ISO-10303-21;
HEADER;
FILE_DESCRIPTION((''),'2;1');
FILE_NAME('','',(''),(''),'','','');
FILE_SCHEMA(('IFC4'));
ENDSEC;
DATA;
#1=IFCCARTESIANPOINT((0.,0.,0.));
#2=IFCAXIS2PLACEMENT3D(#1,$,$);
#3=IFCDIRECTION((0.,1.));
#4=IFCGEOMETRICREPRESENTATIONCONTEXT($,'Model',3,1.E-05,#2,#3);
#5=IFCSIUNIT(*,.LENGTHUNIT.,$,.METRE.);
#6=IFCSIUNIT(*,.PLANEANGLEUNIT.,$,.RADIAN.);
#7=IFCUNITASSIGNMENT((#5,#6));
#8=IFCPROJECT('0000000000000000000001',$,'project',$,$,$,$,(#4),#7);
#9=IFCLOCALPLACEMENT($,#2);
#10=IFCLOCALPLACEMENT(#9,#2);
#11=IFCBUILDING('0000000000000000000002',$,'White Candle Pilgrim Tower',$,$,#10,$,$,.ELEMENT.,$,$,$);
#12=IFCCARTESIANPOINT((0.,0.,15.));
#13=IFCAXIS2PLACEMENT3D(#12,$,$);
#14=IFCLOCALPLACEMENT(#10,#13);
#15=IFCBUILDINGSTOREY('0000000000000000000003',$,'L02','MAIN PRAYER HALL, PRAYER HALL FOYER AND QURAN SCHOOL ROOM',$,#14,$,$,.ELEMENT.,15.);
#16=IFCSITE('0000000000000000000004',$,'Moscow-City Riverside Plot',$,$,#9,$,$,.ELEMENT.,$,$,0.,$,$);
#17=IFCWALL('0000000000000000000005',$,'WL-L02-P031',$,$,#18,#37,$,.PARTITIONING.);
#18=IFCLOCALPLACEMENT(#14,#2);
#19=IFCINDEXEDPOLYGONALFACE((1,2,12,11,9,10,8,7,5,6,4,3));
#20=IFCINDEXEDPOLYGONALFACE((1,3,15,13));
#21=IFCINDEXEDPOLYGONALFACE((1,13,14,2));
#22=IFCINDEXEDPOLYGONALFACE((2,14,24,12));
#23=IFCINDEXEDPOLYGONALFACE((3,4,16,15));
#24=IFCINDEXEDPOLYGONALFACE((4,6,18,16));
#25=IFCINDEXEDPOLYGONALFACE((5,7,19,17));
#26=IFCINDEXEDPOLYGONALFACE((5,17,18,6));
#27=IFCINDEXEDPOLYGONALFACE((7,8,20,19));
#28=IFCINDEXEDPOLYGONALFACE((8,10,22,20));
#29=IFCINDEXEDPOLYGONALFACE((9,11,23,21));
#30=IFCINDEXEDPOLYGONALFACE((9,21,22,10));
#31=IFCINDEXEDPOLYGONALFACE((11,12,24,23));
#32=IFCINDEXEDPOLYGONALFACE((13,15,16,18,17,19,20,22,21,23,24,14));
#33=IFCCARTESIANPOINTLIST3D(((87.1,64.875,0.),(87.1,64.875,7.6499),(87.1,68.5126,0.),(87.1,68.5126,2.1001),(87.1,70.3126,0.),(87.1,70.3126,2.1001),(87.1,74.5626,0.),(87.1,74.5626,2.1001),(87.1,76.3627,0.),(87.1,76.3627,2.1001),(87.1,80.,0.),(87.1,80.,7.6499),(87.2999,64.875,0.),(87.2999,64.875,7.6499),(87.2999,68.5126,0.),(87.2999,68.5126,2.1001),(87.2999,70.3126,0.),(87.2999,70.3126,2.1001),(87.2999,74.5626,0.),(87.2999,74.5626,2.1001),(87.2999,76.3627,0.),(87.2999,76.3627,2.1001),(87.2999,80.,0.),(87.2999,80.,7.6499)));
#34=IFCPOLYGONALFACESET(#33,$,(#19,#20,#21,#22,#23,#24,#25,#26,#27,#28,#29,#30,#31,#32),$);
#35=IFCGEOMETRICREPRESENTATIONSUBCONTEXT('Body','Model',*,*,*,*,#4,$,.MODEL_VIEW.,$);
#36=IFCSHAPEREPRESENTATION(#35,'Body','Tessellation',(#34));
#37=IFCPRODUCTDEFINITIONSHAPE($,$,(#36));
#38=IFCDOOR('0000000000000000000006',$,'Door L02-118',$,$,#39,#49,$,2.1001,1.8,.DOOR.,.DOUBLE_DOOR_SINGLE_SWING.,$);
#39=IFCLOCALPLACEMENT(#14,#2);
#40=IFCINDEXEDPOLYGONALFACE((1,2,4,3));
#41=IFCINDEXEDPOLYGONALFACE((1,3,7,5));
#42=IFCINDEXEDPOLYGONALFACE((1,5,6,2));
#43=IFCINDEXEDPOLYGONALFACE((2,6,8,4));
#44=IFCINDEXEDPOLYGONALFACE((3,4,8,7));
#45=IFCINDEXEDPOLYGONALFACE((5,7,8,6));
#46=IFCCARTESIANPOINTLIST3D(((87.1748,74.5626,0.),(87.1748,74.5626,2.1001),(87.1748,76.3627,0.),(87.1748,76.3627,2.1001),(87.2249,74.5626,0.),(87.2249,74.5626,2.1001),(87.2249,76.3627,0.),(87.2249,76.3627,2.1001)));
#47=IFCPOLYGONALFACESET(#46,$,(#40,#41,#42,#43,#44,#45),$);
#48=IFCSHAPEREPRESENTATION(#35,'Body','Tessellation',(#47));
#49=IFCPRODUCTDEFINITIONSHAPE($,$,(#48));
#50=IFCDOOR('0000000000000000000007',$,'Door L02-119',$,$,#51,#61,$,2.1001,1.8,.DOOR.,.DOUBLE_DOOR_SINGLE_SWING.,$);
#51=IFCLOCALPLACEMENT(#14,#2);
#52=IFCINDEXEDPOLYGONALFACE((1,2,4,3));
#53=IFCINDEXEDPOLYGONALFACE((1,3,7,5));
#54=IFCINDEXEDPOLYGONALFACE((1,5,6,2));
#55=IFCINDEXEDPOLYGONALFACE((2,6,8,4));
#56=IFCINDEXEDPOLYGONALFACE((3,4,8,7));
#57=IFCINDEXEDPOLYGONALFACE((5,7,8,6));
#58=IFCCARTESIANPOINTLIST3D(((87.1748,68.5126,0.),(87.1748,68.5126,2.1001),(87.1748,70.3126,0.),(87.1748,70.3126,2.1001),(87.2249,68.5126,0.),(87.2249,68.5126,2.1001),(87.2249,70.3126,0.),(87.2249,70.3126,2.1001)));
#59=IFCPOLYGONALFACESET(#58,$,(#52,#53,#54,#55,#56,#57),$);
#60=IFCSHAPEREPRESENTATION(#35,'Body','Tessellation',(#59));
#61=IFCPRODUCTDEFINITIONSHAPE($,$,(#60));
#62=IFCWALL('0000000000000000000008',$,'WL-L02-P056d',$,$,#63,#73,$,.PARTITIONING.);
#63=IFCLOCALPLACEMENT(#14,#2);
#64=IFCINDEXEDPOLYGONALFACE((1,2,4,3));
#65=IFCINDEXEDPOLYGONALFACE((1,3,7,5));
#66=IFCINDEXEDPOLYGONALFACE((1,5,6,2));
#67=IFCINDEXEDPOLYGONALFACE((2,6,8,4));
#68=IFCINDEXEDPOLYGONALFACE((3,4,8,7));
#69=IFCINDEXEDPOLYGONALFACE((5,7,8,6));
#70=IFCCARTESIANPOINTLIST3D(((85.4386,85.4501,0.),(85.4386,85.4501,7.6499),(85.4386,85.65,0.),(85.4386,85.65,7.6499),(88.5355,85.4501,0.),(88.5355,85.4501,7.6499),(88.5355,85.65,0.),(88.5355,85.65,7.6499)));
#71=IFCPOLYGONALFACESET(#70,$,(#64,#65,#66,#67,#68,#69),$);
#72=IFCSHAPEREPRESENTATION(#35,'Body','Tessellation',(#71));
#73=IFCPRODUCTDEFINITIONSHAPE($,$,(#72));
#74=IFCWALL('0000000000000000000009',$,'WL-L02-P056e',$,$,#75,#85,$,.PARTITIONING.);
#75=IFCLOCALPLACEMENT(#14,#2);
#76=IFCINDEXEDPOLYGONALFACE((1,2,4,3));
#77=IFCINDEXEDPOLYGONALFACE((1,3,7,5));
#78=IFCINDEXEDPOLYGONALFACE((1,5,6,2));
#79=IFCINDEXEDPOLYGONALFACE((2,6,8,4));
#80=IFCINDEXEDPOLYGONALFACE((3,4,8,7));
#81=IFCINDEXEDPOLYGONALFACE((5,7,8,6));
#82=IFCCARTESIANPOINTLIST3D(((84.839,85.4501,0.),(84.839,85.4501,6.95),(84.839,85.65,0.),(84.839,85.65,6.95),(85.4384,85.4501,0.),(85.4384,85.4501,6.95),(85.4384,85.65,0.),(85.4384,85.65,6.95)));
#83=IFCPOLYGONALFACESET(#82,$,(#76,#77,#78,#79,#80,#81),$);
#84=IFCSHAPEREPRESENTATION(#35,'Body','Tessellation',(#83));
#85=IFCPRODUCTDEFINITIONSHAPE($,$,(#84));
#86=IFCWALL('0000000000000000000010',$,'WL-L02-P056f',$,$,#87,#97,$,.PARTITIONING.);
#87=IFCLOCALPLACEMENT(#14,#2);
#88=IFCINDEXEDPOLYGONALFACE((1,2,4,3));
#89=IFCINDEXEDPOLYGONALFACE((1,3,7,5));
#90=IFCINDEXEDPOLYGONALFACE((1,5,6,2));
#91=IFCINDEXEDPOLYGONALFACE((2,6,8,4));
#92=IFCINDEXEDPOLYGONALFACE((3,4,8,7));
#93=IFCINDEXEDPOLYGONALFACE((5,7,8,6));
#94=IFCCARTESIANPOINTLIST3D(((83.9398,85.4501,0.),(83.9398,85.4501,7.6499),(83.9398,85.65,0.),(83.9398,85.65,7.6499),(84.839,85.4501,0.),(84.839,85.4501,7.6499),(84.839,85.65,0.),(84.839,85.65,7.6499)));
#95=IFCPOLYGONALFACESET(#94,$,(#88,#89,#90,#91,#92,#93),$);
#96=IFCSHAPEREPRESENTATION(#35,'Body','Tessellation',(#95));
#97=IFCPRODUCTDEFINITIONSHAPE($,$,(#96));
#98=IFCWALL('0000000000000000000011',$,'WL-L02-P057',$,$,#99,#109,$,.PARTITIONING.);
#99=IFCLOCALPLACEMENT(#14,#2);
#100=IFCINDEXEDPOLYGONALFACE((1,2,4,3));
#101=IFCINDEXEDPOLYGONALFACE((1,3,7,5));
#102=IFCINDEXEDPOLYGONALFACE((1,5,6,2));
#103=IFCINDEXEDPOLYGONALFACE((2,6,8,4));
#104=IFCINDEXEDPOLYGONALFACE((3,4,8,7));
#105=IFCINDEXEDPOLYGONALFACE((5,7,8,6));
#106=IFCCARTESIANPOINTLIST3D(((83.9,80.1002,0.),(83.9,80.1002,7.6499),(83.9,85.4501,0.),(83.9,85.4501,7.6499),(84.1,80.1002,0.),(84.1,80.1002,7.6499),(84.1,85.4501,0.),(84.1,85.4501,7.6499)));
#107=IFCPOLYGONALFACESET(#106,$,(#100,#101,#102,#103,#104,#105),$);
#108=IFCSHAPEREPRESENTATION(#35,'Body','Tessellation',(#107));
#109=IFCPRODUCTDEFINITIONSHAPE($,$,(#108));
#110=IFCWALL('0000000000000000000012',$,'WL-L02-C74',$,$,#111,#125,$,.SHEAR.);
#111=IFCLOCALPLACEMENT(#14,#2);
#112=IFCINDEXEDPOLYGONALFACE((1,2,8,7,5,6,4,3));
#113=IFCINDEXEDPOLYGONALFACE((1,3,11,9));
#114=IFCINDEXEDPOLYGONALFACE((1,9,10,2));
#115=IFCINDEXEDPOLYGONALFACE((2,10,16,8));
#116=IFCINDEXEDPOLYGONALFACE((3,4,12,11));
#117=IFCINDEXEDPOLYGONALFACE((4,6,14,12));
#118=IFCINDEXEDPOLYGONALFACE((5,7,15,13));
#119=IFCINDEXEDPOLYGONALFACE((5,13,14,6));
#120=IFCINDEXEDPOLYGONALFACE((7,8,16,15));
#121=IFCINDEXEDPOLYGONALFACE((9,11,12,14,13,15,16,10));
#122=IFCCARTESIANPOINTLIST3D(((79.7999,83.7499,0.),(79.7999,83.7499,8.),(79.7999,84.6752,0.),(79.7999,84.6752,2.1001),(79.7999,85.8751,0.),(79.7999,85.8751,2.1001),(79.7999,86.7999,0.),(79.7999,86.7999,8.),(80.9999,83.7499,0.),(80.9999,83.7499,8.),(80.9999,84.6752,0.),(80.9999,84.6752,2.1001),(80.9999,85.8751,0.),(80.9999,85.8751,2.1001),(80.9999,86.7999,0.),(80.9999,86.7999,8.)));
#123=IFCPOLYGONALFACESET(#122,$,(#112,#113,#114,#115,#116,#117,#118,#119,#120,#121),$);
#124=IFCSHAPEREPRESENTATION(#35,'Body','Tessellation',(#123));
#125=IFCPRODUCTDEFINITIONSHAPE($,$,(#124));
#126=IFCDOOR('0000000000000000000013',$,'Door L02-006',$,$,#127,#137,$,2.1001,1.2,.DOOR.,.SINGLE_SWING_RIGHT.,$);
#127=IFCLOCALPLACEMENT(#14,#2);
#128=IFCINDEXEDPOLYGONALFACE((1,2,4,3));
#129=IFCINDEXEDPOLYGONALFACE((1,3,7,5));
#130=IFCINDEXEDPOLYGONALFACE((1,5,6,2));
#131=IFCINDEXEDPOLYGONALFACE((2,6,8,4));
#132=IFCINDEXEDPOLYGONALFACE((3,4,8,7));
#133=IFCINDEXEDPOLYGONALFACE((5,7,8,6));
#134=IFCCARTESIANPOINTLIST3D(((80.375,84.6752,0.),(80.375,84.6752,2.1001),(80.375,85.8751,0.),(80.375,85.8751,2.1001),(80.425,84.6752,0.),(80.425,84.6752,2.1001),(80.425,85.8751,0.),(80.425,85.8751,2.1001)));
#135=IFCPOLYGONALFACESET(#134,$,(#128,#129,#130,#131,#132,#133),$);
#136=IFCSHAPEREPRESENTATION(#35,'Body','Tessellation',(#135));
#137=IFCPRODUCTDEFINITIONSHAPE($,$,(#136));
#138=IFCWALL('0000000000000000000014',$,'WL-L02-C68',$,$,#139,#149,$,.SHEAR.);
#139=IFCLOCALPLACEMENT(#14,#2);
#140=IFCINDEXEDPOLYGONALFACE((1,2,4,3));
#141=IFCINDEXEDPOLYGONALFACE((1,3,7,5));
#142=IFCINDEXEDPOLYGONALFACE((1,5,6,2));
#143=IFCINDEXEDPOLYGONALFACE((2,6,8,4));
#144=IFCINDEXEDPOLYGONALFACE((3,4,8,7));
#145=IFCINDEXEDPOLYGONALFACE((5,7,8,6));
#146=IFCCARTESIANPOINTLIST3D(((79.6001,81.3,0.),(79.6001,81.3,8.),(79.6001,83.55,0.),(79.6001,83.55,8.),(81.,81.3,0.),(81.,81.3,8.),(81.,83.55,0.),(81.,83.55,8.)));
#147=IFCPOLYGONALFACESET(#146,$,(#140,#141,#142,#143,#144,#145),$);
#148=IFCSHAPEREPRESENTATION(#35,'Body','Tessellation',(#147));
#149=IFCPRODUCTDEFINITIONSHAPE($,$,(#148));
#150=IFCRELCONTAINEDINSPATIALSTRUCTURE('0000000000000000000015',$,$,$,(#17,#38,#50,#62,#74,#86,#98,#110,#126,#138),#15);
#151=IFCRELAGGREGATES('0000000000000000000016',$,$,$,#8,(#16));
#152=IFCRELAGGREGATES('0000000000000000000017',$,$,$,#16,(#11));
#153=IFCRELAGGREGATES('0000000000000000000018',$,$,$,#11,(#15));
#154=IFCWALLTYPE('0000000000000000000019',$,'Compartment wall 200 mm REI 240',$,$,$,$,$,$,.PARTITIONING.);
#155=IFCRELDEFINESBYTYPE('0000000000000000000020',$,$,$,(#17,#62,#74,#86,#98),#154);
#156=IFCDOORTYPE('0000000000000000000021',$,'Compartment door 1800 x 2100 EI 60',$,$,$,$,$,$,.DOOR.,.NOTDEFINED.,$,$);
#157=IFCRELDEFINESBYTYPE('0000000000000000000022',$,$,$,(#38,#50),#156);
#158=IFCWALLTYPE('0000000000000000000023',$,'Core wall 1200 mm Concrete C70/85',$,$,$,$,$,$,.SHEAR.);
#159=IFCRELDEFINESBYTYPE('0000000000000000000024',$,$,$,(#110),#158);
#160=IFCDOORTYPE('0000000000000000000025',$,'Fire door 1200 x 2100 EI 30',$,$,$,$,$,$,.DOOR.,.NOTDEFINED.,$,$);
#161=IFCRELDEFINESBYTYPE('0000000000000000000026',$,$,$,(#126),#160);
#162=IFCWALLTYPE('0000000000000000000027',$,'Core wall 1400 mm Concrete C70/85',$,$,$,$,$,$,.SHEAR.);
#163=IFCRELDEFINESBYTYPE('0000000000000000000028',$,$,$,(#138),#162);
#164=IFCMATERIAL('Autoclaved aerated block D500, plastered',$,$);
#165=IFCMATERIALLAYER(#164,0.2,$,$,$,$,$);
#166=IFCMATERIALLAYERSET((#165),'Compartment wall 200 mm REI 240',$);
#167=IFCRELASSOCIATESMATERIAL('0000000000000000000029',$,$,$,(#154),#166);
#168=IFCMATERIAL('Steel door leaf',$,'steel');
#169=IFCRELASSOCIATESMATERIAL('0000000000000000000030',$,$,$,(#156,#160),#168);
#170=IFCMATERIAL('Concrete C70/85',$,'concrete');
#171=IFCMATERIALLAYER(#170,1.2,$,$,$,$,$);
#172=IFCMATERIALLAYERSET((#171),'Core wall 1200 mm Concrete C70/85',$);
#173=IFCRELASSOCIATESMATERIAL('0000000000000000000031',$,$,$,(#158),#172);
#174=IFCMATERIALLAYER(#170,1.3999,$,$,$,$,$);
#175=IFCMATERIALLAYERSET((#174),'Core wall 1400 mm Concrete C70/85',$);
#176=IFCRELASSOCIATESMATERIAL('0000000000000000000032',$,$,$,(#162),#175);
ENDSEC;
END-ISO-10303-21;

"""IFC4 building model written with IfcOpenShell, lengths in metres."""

from ifc_helpers import new_model, si_unit, direction, frame, frame_2d, origin, place, context, subcontext, project, spatial, rectangle, extrude, material, layer, layer_set, type_object, element, fill, save


model = new_model("IFC4")

# Units and contexts
model_context = context("Model", 3, precision=1e-05, world=origin(), true_north=direction((0.0, 1.0)))
body_context = subcontext(model_context, "Body", "Model", "MODEL_VIEW")
ifc_project = project(units=[si_unit("LENGTHUNIT", "METRE"), si_unit("PLANEANGLEUNIT", "RADIAN")], contexts=[model_context])

# Site, building, storey
site_placement = place(None, origin())
site = spatial("IfcSite", under=ifc_project, at=site_placement, Name="Moscow-City Riverside Plot", CompositionType="ELEMENT", RefElevation=0.0)
building_placement = place(site_placement, origin())
building = spatial("IfcBuilding", under=site, at=building_placement, Name="White Candle Pilgrim Tower", CompositionType="ELEMENT")
storey_placement = place(building_placement, frame((0.0, 0.0, 15.0)))
storey = spatial("IfcBuildingStorey", under=building, at=storey_placement, Name="L02", Description="MAIN PRAYER HALL, PRAYER HALL FOYER AND QURAN SCHOOL ROOM", CompositionType="ELEMENT", Elevation=15.0)

# Shared definitions
ifc_material_1 = material(Name="Autoclaved aerated block D500, plastered")
ifc_layer_1 = layer(ifc_material_1, 0.2)
ifc_layer_set_1 = layer_set([ifc_layer_1], Name="Compartment wall 200 mm REI 240")
wall_type_1 = type_object("IfcWallType", Name="Compartment wall 200 mm REI 240", PredefinedType="PARTITIONING", material=ifc_layer_set_1)

# Wall, openings, doors
wall_1_placement = place(storey_placement, frame((87.2, 80.0, 0.0), z_axis=(0.0, 0.0, 1.0), x_axis=(0.0, -1.0, 0.0)))
wall_1 = element("IfcWall", 1, at=wall_1_placement, inside=storey, type_object=wall_type_1, Name="WL-L02-P031", PredefinedType="PARTITIONING", context=body_context, shape_type="SweptSolid", body=[
    extrude(rectangle(XDim=15.125, YDim=0.2, at=frame_2d((7.5625, 0.0))), origin(), (0.0, 0.0, 1.0), 7.6499),
])
opening_1_placement = place(wall_1_placement, frame((3.6375, 0.0, 0.0)))
opening_1 = element("IfcOpeningElement", 2, at=opening_1_placement, cuts=wall_1, PredefinedType="OPENING", context=body_context, shape_type="SweptSolid", body=[
    extrude(rectangle(XDim=1.8, YDim=2.1001, at=frame_2d((0.8999, 1.05))), frame((0.0, 0.1099, 0.0), z_axis=(0.0, -1.0, 0.0), x_axis=(1.0, 0.0, 0.0)), (0.0, 0.0, 1.0), 0.22),
])
opening_2_placement = place(wall_1_placement, frame((9.6875, 0.0, 0.0)))
opening_2 = element("IfcOpeningElement", 3, at=opening_2_placement, cuts=wall_1, PredefinedType="OPENING", context=body_context, shape_type="SweptSolid", body=[
    extrude(rectangle(XDim=1.8, YDim=2.1001, at=frame_2d((0.8999, 1.05))), frame((0.0, 0.1099, 0.0), z_axis=(0.0, -1.0, 0.0), x_axis=(1.0, 0.0, 0.0)), (0.0, 0.0, 1.0), 0.22),
])
ifc_material_2 = material(Name="Steel door leaf", Category="steel")
door_type_1 = type_object("IfcDoorType", Name="Compartment door 1800 x 2100 EI 60", OperationType="NOTDEFINED", PredefinedType="DOOR", material=ifc_material_2)
door_1_placement = place(opening_1_placement, origin())
door_1 = element("IfcDoor", 4, at=door_1_placement, inside=storey, type_object=door_type_1, Name="Door L02-118", OperationType="DOUBLE_DOOR_SINGLE_SWING", OverallHeight=2.1001, OverallWidth=1.8, PredefinedType="DOOR", context=body_context, shape_type="SweptSolid", body=[
    extrude(rectangle(XDim=1.8, YDim=2.1001, at=frame_2d((0.8999, 1.05))), frame((0.0, 0.0249, 0.0), z_axis=(0.0, -1.0, 0.0), x_axis=(1.0, 0.0, 0.0)), (0.0, 0.0, 1.0), 0.05),
])
fill(opening_1, door_1)
door_2_placement = place(opening_2_placement, origin())
door_2 = element("IfcDoor", 5, at=door_2_placement, inside=storey, type_object=door_type_1, Name="Door L02-119", OperationType="DOUBLE_DOOR_SINGLE_SWING", OverallHeight=2.1001, OverallWidth=1.8, PredefinedType="DOOR", context=body_context, shape_type="SweptSolid", body=[
    extrude(rectangle(XDim=1.8, YDim=2.1001, at=frame_2d((0.8999, 1.05))), frame((0.0, 0.0249, 0.0), z_axis=(0.0, -1.0, 0.0), x_axis=(1.0, 0.0, 0.0)), (0.0, 0.0, 1.0), 0.05),
])
fill(opening_2, door_2)

# Walls
wall_2_placement = place(storey_placement, frame((88.5354, 85.55, 0.0), z_axis=(0.0, 0.0, 1.0), x_axis=(-1.0, 0.0, 0.0)))
element("IfcWall", 6, at=wall_2_placement, inside=storey, type_object=wall_type_1, Name="WL-L02-P056d", PredefinedType="PARTITIONING", context=body_context, shape_type="SweptSolid", body=[
    extrude(rectangle(XDim=3.0969, YDim=0.2, at=frame_2d((1.5483, 0.0))), origin(), (0.0, 0.0, 1.0), 7.6499),
])
wall_3_placement = place(storey_placement, frame((85.4385, 85.55, 0.0), z_axis=(0.0, 0.0, 1.0), x_axis=(-1.0, 0.0, 0.0)))
element("IfcWall", 7, at=wall_3_placement, inside=storey, type_object=wall_type_1, Name="WL-L02-P056e", PredefinedType="PARTITIONING", context=body_context, shape_type="SweptSolid", body=[
    extrude(rectangle(XDim=0.5994, YDim=0.2, at=frame_2d((0.2998, 0.0))), origin(), (0.0, 0.0, 1.0), 6.95),
])
wall_4_placement = place(storey_placement, frame((84.8391, 85.55, 0.0), z_axis=(0.0, 0.0, 1.0), x_axis=(-1.0, 0.0, 0.0)))
element("IfcWall", 8, at=wall_4_placement, inside=storey, type_object=wall_type_1, Name="WL-L02-P056f", PredefinedType="PARTITIONING", context=body_context, shape_type="SweptSolid", body=[
    extrude(rectangle(XDim=0.8992, YDim=0.2, at=frame_2d((0.4497, 0.0))), origin(), (0.0, 0.0, 1.0), 7.6499),
])
wall_5_placement = place(storey_placement, frame((84.0, 85.45, 0.0), z_axis=(0.0, 0.0, 1.0), x_axis=(0.0, -1.0, 0.0)))
element("IfcWall", 9, at=wall_5_placement, inside=storey, type_object=wall_type_1, Name="WL-L02-P057", PredefinedType="PARTITIONING", context=body_context, shape_type="SweptSolid", body=[
    extrude(rectangle(XDim=5.3499, YDim=0.2, at=frame_2d((2.6748, 0.0))), origin(), (0.0, 0.0, 1.0), 7.6499),
])

# Wall, opening, door
ifc_material_3 = material(Name="Concrete C70/85", Category="concrete")
ifc_layer_2 = layer(ifc_material_3, 1.2)
ifc_layer_set_2 = layer_set([ifc_layer_2], Name="Core wall 1200 mm Concrete C70/85")
wall_type_2 = type_object("IfcWallType", Name="Core wall 1200 mm Concrete C70/85", PredefinedType="SHEAR", material=ifc_layer_set_2)
wall_6_placement = place(storey_placement, frame((80.3999, 83.75, 0.0), z_axis=(0.0, 0.0, 1.0), x_axis=(0.0, 1.0, 0.0)))
wall_6 = element("IfcWall", 10, at=wall_6_placement, inside=storey, type_object=wall_type_2, Name="WL-L02-C74", PredefinedType="SHEAR", context=body_context, shape_type="SweptSolid", body=[
    extrude(rectangle(XDim=3.05, YDim=1.2, at=frame_2d((1.5249, 0.0))), origin(), (0.0, 0.0, 1.0), 8.0),
])
opening_3_placement = place(wall_6_placement, frame((0.925, 0.0, 0.0)))
opening_3 = element("IfcOpeningElement", 11, at=opening_3_placement, cuts=wall_6, PredefinedType="OPENING", context=body_context, shape_type="SweptSolid", body=[
    extrude(rectangle(XDim=1.2, YDim=2.1001, at=frame_2d((0.6001, 1.05))), frame((0.0, 0.6099, 0.0), z_axis=(0.0, -1.0, 0.0), x_axis=(1.0, 0.0, 0.0)), (0.0, 0.0, 1.0), 1.22),
])
door_type_2 = type_object("IfcDoorType", Name="Fire door 1200 x 2100 EI 30", OperationType="NOTDEFINED", PredefinedType="DOOR", material=ifc_material_2)
door_3_placement = place(opening_3_placement, origin())
door_3 = element("IfcDoor", 12, at=door_3_placement, inside=storey, type_object=door_type_2, Name="Door L02-006", OperationType="SINGLE_SWING_RIGHT", OverallHeight=2.1001, OverallWidth=1.2, PredefinedType="DOOR", context=body_context, shape_type="SweptSolid", body=[
    extrude(rectangle(XDim=1.2, YDim=2.1001, at=frame_2d((0.6001, 1.05))), frame((0.0, 0.0249, 0.0), z_axis=(0.0, -1.0, 0.0), x_axis=(1.0, 0.0, 0.0)), (0.0, 0.0, 1.0), 0.05),
])
fill(opening_3, door_3)

# Wall
ifc_layer_3 = layer(ifc_material_3, 1.3999)
ifc_layer_set_3 = layer_set([ifc_layer_3], Name="Core wall 1400 mm Concrete C70/85")
wall_type_3 = type_object("IfcWallType", Name="Core wall 1400 mm Concrete C70/85", PredefinedType="SHEAR", material=ifc_layer_set_3)
wall_7_placement = place(storey_placement, frame((80.3, 81.3, 0.0), z_axis=(0.0, 0.0, 1.0), x_axis=(0.0, 1.0, 0.0)))
element("IfcWall", 13, at=wall_7_placement, inside=storey, type_object=wall_type_3, Name="WL-L02-C68", PredefinedType="SHEAR", context=body_context, shape_type="SweptSolid", body=[
    extrude(rectangle(XDim=2.25, YDim=1.3999, at=frame_2d((1.125, 0.0))), origin(), (0.0, 0.0, 1.0), 8.0),
])

save(model, "model.ifc")
